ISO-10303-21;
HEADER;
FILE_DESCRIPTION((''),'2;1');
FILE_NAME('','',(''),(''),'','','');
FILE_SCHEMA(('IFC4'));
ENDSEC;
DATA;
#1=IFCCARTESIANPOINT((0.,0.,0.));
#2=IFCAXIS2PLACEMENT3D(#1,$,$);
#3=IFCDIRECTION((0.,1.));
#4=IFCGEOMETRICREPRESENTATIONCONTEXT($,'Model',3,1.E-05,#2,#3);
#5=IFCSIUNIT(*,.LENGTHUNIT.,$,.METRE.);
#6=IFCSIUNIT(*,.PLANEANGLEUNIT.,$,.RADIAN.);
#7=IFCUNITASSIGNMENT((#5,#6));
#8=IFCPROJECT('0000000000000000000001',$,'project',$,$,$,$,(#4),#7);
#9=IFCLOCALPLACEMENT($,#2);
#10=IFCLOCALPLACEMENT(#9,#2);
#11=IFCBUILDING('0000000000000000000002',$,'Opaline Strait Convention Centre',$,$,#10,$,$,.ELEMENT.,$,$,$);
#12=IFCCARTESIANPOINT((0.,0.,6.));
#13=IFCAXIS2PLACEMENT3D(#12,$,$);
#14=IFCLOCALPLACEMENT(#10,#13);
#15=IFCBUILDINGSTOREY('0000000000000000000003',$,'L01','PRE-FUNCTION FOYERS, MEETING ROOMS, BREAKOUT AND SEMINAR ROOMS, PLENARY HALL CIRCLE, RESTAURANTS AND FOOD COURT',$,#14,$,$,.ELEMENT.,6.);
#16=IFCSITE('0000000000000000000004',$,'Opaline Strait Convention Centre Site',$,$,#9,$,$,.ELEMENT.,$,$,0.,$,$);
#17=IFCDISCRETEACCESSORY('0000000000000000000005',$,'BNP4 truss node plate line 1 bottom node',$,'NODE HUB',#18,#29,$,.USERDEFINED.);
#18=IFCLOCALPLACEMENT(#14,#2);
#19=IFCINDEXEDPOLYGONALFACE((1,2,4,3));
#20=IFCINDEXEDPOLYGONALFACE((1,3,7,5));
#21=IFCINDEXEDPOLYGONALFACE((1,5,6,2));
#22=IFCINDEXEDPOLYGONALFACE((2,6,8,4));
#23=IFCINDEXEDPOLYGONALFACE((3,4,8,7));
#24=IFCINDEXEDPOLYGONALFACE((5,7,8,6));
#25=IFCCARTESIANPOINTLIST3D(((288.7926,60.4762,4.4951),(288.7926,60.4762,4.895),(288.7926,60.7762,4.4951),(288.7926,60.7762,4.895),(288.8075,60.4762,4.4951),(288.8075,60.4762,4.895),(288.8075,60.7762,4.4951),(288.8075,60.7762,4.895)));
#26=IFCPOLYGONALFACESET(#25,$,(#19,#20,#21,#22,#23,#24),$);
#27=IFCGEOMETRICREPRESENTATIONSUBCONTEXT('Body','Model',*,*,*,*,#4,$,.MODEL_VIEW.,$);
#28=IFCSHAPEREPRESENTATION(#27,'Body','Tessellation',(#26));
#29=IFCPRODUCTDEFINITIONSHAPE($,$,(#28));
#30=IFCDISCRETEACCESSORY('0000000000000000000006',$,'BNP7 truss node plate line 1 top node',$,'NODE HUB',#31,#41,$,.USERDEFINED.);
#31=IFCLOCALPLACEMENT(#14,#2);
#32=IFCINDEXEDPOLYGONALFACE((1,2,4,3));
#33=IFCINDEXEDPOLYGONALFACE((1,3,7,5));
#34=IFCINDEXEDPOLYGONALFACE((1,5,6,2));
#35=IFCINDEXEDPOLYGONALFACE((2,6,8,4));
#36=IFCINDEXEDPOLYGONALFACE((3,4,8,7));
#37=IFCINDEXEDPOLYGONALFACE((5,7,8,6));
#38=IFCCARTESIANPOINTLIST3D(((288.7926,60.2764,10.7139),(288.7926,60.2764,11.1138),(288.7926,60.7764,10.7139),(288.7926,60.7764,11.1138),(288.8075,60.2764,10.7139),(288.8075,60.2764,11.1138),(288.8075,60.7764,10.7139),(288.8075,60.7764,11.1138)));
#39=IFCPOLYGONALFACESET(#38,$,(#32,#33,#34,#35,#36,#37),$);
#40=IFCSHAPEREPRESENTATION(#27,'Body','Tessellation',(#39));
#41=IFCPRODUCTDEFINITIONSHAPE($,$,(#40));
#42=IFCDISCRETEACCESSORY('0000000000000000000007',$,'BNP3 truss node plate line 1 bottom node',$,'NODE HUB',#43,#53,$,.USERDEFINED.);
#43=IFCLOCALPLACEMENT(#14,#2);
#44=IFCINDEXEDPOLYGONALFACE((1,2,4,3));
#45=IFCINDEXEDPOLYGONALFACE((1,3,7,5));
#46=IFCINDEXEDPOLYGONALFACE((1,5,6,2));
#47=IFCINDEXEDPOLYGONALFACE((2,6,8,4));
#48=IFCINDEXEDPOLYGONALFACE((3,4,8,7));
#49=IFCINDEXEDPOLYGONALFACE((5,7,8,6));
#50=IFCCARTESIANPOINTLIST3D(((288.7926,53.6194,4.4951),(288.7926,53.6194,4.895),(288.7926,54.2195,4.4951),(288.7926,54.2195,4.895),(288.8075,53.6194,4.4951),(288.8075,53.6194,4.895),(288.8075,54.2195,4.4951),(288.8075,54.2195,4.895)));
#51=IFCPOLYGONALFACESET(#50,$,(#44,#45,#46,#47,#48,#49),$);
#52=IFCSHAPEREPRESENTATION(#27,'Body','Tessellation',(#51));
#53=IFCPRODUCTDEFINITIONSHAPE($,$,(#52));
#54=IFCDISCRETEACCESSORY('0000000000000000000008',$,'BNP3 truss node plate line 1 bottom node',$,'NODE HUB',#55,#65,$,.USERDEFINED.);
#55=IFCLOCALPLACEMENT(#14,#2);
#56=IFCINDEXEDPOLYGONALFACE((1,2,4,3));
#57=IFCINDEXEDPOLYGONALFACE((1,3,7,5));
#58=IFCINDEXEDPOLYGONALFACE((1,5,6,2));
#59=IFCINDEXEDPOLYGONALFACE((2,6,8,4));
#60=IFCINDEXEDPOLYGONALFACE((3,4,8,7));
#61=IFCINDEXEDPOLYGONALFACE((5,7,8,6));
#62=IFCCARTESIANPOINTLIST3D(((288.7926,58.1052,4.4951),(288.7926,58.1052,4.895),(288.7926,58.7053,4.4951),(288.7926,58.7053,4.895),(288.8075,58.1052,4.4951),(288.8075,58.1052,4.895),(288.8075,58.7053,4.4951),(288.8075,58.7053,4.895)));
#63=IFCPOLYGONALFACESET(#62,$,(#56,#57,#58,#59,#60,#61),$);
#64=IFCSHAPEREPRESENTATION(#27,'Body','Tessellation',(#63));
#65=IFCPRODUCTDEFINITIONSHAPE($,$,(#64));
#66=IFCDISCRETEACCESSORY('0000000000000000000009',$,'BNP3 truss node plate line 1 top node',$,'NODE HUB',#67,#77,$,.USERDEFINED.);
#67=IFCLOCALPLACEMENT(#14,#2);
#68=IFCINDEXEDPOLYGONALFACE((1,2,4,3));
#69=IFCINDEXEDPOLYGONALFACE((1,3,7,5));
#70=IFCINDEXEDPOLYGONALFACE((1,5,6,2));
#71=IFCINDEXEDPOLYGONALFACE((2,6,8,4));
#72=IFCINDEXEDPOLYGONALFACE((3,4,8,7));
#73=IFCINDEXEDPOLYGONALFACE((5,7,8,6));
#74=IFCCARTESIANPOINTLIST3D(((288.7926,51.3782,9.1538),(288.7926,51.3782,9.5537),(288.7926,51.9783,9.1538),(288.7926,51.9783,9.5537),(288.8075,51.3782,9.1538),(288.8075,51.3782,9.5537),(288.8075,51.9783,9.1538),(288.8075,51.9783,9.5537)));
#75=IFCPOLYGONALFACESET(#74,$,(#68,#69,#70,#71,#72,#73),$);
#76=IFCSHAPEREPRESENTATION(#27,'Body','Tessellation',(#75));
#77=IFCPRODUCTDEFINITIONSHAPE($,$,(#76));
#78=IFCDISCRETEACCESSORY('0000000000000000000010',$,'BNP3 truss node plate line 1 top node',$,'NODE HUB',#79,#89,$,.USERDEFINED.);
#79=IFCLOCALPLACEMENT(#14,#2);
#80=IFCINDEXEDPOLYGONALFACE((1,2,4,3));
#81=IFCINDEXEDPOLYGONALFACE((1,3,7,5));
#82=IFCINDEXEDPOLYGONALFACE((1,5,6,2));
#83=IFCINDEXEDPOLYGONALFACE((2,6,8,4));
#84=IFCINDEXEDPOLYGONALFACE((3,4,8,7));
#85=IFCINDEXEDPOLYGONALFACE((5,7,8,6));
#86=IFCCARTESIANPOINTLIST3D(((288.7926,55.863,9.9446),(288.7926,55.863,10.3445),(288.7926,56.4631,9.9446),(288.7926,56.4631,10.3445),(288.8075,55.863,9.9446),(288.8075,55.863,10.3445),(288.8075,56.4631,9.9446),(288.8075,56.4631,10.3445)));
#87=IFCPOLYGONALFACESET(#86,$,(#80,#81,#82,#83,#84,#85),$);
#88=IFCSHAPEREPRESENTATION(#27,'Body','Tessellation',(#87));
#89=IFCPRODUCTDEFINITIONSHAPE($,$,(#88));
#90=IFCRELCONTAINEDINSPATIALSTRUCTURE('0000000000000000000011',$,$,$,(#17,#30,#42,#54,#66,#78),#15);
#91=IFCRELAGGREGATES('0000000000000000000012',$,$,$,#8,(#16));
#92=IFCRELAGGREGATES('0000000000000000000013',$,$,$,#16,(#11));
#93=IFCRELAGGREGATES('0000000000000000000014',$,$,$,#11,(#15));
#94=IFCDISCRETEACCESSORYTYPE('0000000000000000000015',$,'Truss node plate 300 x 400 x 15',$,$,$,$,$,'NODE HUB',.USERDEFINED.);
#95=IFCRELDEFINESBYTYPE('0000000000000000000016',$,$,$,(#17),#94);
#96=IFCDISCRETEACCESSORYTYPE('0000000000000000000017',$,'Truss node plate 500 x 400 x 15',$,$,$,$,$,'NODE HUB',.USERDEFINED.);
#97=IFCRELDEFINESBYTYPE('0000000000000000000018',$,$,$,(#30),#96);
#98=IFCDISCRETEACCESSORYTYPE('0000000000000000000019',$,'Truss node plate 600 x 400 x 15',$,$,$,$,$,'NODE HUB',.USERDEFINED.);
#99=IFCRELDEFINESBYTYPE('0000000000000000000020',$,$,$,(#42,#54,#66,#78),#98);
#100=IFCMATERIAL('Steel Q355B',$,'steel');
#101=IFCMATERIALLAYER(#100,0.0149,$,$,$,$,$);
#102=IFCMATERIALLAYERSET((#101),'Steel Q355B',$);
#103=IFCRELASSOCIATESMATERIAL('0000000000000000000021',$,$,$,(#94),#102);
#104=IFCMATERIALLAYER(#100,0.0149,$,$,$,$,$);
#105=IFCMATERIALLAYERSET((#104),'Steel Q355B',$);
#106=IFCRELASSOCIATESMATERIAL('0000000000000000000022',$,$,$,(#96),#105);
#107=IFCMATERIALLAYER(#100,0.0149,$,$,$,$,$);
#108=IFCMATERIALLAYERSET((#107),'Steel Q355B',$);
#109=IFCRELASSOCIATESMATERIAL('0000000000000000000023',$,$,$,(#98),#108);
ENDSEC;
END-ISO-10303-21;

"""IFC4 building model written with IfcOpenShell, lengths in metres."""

from ifc_helpers import new_model, si_unit, direction, frame, origin, origin_2d, place, context, subcontext, project, spatial, rectangle, extrude, material, layer, layer_set, type_object, element, save


model = new_model("IFC4")

# Units and contexts
model_context = context("Model", 3, precision=1e-05, world=origin(), true_north=direction((0.0, 1.0)))
body_context = subcontext(model_context, "Body", "Model", "MODEL_VIEW")
ifc_project = project(units=[si_unit("LENGTHUNIT", "METRE"), si_unit("PLANEANGLEUNIT", "RADIAN")], contexts=[model_context])

# Site, building, storey
site_placement = place(None, origin())
site = spatial("IfcSite", under=ifc_project, at=site_placement, Name="Opaline Strait Convention Centre Site", CompositionType="ELEMENT", RefElevation=0.0)
building_placement = place(site_placement, origin())
building = spatial("IfcBuilding", under=site, at=building_placement, Name="Opaline Strait Convention Centre", CompositionType="ELEMENT")
storey_placement = place(building_placement, frame((0.0, 0.0, 6.0)))
storey = spatial("IfcBuildingStorey", under=building, at=storey_placement, Name="L01", Description="PRE-FUNCTION FOYERS, MEETING ROOMS, BREAKOUT AND SEMINAR ROOMS, PLENARY HALL CIRCLE, RESTAURANTS AND FOOD COURT", CompositionType="ELEMENT", Elevation=6.0)

# Shared definitions
ifc_material_1 = material(Name="Steel Q355B", Category="steel")

# Discrete accessories
ifc_layer_1 = layer(ifc_material_1, 0.0149)
ifc_layer_set_1 = layer_set([ifc_layer_1], Name="Steel Q355B")
discrete_accessory_type_1 = type_object("IfcDiscreteAccessoryType", Name="Truss node plate 300 x 400 x 15", ElementType="NODE HUB", PredefinedType="USERDEFINED", material=ifc_layer_set_1)
discrete_accessory_1_placement = place(storey_placement, frame((288.8, 60.6262, 4.4951), z_axis=(0.0, 0.0, 1.0), x_axis=(1.0, 0.0, 0.0)))
element("IfcDiscreteAccessory", 1, at=discrete_accessory_1_placement, inside=storey, type_object=discrete_accessory_type_1, Name="BNP4 truss node plate line 1 bottom node", ObjectType="NODE HUB", PredefinedType="USERDEFINED", context=body_context, shape_type="SweptSolid", body=[
    extrude(rectangle(XDim=0.0149, YDim=0.3, at=origin_2d()), origin(), (0.0, 0.0, 1.0), 0.3999),
])
ifc_layer_2 = layer(ifc_material_1, 0.0149)
ifc_layer_set_2 = layer_set([ifc_layer_2], Name="Steel Q355B")
discrete_accessory_type_2 = type_object("IfcDiscreteAccessoryType", Name="Truss node plate 500 x 400 x 15", ElementType="NODE HUB", PredefinedType="USERDEFINED", material=ifc_layer_set_2)
discrete_accessory_2_placement = place(storey_placement, frame((288.8, 60.5264, 10.7139), z_axis=(0.0, 0.0, 1.0), x_axis=(1.0, 0.0, 0.0)))
element("IfcDiscreteAccessory", 2, at=discrete_accessory_2_placement, inside=storey, type_object=discrete_accessory_type_2, Name="BNP7 truss node plate line 1 top node", ObjectType="NODE HUB", PredefinedType="USERDEFINED", context=body_context, shape_type="SweptSolid", body=[
    extrude(rectangle(XDim=0.0149, YDim=0.5, at=origin_2d()), origin(), (0.0, 0.0, 1.0), 0.3999),
])
ifc_layer_3 = layer(ifc_material_1, 0.0149)
ifc_layer_set_3 = layer_set([ifc_layer_3], Name="Steel Q355B")
discrete_accessory_type_3 = type_object("IfcDiscreteAccessoryType", Name="Truss node plate 600 x 400 x 15", ElementType="NODE HUB", PredefinedType="USERDEFINED", material=ifc_layer_set_3)
for number, where, z_axis, x_axis, name in (
    (3, (288.8, 53.9194, 4.4951), (0.0, 0.0, 1.0), (1.0, 0.0, 0.0), "BNP3 truss node plate line 1 bottom node"),
    (4, (288.8, 58.4053, 4.4951), (0.0, 0.0, 1.0), (1.0, 0.0, 0.0), "BNP3 truss node plate line 1 bottom node"),
    (5, (288.8, 51.6782, 9.1538), (0.0, 0.0, 1.0), (1.0, 0.0, 0.0), "BNP3 truss node plate line 1 top node"),
    (6, (288.8, 56.1631, 9.9446), (0.0, 0.0, 1.0), (1.0, 0.0, 0.0), "BNP3 truss node plate line 1 top node"),
):
    element("IfcDiscreteAccessory", number, at=place(storey_placement, frame(where, z_axis=z_axis, x_axis=x_axis)), inside=storey, type_object=discrete_accessory_type_3, Name=name, ObjectType="NODE HUB", PredefinedType="USERDEFINED", context=body_context, shape_type="SweptSolid", body=[
        extrude(rectangle(XDim=0.0149, YDim=0.6001, at=origin_2d()), origin(), (0.0, 0.0, 1.0), 0.3999),
    ])

save(model, "model.ifc")
